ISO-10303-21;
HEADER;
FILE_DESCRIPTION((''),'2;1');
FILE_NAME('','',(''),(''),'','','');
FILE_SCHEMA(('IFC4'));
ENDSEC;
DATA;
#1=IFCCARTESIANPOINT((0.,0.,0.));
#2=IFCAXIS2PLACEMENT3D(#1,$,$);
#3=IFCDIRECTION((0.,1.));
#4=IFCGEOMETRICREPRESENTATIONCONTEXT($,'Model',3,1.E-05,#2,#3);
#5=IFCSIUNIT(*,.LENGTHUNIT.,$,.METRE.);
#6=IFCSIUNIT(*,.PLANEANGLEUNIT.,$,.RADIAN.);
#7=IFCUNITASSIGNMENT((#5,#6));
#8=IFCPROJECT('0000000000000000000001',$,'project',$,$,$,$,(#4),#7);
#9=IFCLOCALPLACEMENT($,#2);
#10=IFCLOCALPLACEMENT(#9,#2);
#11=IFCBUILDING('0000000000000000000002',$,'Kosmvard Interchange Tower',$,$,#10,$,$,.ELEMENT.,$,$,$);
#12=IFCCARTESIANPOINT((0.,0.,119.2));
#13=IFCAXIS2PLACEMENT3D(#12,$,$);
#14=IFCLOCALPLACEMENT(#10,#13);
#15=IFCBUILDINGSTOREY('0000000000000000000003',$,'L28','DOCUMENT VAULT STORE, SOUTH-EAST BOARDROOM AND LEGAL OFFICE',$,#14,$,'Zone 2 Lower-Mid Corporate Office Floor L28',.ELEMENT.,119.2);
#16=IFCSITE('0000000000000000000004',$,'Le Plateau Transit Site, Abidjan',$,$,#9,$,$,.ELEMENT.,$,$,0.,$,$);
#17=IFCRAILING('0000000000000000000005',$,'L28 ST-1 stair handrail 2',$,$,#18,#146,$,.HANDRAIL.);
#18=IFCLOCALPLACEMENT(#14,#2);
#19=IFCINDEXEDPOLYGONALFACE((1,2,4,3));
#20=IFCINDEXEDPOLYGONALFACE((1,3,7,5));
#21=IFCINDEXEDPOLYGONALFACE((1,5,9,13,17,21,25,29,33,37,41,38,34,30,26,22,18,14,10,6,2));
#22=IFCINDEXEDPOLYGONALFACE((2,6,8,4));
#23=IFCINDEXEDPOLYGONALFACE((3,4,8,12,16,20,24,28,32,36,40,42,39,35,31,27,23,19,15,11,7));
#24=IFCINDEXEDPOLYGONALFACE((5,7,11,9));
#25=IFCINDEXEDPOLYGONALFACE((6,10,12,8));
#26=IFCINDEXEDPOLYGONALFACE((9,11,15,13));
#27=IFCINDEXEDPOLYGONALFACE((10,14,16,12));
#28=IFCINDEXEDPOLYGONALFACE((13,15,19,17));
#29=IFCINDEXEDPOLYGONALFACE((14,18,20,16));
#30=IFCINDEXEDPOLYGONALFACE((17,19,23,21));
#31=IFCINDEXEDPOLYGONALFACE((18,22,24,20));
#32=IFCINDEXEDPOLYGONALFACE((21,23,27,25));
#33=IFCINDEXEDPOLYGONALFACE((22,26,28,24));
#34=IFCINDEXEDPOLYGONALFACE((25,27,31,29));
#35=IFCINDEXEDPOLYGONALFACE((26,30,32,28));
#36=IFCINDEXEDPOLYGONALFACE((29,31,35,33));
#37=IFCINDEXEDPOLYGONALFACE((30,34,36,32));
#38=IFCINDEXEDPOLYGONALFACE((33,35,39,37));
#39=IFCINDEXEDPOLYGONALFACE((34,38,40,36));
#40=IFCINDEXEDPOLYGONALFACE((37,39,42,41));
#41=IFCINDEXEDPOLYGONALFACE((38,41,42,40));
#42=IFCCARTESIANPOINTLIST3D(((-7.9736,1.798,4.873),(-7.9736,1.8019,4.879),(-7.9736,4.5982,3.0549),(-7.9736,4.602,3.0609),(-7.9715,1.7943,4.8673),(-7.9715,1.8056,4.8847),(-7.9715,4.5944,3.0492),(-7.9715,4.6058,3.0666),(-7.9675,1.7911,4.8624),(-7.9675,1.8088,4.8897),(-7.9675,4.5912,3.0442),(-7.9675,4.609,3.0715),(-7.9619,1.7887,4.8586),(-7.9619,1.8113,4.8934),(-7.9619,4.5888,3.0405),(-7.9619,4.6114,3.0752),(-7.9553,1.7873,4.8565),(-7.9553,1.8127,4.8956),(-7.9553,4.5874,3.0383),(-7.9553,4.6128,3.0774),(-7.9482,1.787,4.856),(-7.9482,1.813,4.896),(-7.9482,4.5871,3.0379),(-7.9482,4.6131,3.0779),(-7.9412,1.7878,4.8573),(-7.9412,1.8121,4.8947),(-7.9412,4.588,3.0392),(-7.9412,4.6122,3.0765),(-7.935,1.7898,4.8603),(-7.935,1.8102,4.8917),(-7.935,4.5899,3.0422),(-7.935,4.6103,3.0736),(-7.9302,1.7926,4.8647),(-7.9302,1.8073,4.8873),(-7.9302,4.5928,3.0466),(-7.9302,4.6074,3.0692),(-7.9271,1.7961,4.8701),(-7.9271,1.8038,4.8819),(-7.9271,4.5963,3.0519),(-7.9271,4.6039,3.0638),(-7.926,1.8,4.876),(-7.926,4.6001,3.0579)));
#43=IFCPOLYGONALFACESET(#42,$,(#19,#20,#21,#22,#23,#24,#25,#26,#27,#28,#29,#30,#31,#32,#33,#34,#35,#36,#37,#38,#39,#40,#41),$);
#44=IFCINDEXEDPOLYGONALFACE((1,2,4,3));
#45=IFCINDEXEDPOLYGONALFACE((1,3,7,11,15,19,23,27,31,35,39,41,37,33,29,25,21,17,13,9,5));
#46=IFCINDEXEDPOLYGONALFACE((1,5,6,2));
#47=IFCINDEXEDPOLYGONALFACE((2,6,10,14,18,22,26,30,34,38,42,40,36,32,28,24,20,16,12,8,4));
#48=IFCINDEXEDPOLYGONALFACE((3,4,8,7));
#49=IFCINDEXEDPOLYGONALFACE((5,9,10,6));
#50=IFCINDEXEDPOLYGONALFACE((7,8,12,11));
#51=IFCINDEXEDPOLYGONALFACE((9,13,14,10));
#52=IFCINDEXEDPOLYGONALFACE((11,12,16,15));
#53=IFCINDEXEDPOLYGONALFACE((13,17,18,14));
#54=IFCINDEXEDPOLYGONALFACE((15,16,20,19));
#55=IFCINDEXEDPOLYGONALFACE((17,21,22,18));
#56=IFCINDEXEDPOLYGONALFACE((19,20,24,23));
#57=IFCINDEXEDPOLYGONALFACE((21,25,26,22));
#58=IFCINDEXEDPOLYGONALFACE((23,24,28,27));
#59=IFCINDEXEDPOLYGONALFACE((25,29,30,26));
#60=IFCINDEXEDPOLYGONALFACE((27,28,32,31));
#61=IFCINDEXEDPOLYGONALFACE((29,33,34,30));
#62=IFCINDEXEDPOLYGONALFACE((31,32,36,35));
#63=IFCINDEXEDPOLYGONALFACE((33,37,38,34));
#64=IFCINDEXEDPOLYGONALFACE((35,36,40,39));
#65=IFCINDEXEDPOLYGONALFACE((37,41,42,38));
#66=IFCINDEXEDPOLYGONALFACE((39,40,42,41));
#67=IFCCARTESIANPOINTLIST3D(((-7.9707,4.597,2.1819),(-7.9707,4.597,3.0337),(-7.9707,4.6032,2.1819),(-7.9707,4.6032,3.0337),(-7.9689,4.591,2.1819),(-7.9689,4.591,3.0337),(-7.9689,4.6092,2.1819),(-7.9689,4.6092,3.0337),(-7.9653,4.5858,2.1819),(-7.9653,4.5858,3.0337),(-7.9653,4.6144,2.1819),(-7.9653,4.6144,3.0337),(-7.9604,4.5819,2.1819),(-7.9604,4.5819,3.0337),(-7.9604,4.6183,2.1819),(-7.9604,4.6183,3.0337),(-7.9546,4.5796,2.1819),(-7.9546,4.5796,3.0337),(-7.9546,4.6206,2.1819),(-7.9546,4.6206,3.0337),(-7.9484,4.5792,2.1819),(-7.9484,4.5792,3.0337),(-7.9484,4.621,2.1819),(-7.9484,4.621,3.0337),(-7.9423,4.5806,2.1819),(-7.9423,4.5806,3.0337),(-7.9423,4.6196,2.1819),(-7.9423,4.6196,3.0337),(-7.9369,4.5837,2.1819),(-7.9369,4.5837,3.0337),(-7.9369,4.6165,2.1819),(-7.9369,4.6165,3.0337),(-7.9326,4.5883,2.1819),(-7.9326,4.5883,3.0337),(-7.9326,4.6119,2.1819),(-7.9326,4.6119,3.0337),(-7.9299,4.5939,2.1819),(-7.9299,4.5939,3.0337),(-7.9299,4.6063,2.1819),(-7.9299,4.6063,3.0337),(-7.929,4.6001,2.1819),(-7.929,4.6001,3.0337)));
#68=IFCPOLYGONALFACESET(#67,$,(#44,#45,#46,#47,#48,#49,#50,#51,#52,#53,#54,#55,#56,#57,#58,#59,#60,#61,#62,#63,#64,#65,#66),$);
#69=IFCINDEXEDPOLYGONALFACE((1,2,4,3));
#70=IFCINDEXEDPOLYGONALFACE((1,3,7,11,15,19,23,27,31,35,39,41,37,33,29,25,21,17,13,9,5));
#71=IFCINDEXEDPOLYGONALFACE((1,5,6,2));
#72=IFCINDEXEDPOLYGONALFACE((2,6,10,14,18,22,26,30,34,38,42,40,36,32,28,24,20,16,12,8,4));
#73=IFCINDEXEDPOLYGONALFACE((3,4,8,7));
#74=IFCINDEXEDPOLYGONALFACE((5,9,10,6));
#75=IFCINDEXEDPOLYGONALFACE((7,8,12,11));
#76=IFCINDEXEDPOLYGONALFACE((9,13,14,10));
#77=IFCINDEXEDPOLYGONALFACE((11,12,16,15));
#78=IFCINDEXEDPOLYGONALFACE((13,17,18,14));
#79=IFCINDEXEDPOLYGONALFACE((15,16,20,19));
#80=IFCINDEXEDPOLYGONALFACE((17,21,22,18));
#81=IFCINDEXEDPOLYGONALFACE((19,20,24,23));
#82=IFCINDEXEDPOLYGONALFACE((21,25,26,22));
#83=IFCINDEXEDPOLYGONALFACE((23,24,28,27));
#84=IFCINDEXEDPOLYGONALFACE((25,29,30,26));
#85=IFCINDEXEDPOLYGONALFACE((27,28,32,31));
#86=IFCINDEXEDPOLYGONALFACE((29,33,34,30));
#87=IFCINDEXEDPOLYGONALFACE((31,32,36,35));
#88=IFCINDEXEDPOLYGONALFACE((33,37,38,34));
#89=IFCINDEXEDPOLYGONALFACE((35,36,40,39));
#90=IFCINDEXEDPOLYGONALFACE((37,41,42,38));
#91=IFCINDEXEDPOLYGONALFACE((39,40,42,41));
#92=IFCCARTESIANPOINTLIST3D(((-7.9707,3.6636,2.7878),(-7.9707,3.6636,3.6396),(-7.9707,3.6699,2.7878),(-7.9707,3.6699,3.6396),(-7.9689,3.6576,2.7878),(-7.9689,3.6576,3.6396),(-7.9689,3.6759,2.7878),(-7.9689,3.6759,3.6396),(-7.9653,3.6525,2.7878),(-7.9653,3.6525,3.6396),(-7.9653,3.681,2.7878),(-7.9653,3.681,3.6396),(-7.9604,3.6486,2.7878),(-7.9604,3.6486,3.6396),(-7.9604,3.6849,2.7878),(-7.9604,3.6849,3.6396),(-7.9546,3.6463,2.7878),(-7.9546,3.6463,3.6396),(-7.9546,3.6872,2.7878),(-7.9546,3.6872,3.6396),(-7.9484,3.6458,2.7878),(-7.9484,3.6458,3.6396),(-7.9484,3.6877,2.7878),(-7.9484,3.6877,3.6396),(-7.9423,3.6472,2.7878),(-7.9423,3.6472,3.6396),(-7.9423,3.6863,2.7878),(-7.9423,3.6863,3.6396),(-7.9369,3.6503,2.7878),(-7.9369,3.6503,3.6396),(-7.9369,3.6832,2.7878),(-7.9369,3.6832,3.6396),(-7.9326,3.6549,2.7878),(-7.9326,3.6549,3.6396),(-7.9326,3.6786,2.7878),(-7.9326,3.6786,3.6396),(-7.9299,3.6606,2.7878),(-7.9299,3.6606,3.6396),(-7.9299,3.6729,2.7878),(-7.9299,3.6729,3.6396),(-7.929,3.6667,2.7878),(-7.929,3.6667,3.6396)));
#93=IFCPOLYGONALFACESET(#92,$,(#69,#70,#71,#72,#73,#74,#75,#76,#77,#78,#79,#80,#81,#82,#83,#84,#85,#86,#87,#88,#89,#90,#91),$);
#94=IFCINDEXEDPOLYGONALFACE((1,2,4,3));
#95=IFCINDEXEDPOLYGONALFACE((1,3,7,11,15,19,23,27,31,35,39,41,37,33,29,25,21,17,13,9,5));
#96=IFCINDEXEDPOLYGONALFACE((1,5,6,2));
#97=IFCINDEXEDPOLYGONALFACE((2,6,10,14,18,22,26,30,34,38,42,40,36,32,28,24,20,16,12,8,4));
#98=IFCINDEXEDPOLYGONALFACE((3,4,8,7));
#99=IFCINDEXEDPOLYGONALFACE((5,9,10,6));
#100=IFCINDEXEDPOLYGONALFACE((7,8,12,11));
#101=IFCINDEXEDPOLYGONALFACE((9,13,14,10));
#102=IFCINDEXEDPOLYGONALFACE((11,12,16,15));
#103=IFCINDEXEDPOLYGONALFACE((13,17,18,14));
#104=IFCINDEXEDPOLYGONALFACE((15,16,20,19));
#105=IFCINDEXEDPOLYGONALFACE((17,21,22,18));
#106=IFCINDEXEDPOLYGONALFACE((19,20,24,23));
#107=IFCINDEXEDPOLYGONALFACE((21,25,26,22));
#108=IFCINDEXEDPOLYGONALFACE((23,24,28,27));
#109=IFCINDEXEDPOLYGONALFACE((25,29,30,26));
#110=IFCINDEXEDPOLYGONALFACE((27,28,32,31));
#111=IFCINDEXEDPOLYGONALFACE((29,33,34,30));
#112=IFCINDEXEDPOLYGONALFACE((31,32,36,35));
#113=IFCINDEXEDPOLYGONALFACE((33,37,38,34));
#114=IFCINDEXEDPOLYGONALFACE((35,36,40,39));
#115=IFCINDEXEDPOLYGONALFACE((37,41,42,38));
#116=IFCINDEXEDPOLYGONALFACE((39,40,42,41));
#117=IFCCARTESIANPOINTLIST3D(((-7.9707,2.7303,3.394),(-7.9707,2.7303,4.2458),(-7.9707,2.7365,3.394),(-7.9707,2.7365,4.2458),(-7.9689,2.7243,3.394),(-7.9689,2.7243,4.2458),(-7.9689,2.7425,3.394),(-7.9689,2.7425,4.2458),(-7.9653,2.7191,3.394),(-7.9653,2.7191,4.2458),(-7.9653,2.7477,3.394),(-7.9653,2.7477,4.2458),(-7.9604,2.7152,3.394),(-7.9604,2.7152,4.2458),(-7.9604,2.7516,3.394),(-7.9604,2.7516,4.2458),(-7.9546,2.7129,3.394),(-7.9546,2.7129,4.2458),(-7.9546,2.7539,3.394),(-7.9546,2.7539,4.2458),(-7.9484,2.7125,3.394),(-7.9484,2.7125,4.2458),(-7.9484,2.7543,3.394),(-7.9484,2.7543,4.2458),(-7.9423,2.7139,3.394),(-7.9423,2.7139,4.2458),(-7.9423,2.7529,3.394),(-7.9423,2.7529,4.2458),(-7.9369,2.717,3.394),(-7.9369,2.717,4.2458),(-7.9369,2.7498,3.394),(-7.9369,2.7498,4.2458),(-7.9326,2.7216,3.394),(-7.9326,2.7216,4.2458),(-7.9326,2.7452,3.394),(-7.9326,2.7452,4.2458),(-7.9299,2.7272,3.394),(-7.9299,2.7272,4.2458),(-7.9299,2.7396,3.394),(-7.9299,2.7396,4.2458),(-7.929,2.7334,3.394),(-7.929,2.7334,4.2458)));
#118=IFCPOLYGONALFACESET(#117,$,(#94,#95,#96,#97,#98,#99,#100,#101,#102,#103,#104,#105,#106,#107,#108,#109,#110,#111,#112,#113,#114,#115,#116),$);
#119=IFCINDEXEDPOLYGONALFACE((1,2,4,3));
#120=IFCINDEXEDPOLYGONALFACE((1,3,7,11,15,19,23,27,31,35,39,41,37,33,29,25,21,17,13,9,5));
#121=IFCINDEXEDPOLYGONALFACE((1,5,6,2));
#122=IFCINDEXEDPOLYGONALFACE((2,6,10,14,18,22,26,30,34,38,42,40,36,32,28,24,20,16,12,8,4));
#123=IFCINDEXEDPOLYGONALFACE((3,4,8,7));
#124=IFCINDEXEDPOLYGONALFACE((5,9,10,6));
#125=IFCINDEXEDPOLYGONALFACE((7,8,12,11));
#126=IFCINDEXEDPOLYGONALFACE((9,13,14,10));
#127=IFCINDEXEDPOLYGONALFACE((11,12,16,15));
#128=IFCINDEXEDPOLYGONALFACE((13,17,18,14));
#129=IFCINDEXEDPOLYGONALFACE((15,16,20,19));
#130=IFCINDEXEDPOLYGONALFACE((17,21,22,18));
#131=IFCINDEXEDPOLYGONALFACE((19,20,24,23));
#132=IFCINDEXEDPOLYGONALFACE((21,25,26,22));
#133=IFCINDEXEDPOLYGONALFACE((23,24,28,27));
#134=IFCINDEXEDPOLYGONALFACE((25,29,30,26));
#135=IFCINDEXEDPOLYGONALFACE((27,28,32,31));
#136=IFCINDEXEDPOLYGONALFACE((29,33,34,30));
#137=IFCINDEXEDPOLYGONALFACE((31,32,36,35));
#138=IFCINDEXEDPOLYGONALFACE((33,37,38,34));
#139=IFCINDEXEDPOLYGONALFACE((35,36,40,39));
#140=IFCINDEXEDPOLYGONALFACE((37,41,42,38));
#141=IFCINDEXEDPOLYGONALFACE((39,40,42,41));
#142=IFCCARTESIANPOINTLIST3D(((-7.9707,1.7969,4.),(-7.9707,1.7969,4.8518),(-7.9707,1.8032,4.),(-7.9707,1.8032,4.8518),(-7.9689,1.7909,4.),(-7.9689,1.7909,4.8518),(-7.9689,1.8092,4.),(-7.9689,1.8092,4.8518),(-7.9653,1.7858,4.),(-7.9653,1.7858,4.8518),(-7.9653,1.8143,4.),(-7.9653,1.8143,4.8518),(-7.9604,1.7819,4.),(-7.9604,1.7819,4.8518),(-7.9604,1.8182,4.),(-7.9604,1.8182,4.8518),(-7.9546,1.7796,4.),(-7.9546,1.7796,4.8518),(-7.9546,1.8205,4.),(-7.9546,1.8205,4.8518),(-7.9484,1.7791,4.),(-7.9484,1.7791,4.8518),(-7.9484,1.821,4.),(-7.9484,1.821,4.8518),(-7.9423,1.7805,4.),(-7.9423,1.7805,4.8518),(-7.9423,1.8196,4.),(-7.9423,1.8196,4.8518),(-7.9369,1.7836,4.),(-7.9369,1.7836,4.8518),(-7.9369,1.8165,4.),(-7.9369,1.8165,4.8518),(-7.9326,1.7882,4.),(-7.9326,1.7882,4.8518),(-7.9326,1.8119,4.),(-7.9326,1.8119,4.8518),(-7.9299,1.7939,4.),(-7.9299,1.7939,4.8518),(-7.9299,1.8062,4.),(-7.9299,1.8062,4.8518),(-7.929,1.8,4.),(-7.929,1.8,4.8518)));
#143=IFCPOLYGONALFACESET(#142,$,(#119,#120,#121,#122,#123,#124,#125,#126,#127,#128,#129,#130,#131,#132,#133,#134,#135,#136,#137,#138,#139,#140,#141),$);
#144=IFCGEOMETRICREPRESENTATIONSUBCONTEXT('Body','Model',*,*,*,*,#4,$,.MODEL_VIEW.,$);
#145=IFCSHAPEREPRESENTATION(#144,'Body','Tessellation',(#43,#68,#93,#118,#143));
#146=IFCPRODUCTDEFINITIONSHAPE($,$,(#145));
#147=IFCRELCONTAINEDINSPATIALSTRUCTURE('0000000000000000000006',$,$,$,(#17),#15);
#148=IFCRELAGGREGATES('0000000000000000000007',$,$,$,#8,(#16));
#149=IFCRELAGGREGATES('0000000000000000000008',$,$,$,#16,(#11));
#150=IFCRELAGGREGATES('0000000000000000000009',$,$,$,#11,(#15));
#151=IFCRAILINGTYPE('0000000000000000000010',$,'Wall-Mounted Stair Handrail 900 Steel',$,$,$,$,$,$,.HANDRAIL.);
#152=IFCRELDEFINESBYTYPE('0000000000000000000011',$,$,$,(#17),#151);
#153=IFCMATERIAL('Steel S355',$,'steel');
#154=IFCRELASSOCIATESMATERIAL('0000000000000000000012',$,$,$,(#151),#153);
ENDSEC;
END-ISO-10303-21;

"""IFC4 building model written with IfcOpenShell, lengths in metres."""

from ifc_helpers import new_model, si_unit, direction, frame, origin, origin_2d, place, context, subcontext, project, spatial, circle, extrude, source, transform, mapped, material, type_object, element, save


model = new_model("IFC4")

# Units and contexts
model_context = context("Model", 3, precision=1e-05, world=origin(), true_north=direction((0.0, 1.0)))
body_context = subcontext(model_context, "Body", "Model", "MODEL_VIEW")
ifc_project = project(units=[si_unit("LENGTHUNIT", "METRE"), si_unit("PLANEANGLEUNIT", "RADIAN")], contexts=[model_context])

# Site, building, storey
site_placement = place(None, origin())
site = spatial("IfcSite", under=ifc_project, at=site_placement, Name="Le Plateau Transit Site, Abidjan", CompositionType="ELEMENT", RefElevation=0.0)
building_placement = place(site_placement, origin())
building = spatial("IfcBuilding", under=site, at=building_placement, Name="Kosmvard Interchange Tower", CompositionType="ELEMENT")
storey_placement = place(building_placement, frame((0.0, 0.0, 119.2)))
storey = spatial("IfcBuildingStorey", under=building, at=storey_placement, Name="L28", Description="DOCUMENT VAULT STORE, SOUTH-EAST BOARDROOM AND LEGAL OFFICE", LongName="Zone 2 Lower-Mid Corporate Office Floor L28", CompositionType="ELEMENT", Elevation=119.2)

# Shared definitions
ifc_material_1 = material(Name="Steel S355", Category="steel")

# Railing
railing_type_1 = type_object("IfcRailingType", Name="Wall-Mounted Stair Handrail 900 Steel", PredefinedType="HANDRAIL", material=ifc_material_1)
shared_shape_1 = source(origin(), body_context, "Body", "SweptSolid", [
    extrude(circle(Radius=0.0239, at=origin_2d()), frame((0.0, 0.0, 0.876), z_axis=(0.0, -0.838706, 0.544585), x_axis=(1.0, 0.0, 0.0)), (0.0, 0.0, 1.0), 3.3386),
    extrude(circle(Radius=0.021, at=origin_2d()), origin(), (0.0, 0.0, 1.0), 0.8518),
    extrude(circle(Radius=0.021, at=origin_2d()), frame((0.0, -0.9333, 0.606)), (0.0, 0.0, 1.0), 0.8518),
    extrude(circle(Radius=0.021, at=origin_2d()), frame((0.0, -1.8667, 1.2122)), (0.0, 0.0, 1.0), 0.8518),
    extrude(circle(Radius=0.021, at=origin_2d()), frame((0.0, -2.8, 1.8181)), (0.0, 0.0, 1.0), 0.8518),
])
railing_1_placement = place(storey_placement, frame((-7.95, 4.6001, 2.1819)))
element("IfcRailing", 1, at=railing_1_placement, inside=storey, type_object=railing_type_1, Name="L28 ST-1 stair handrail 2", PredefinedType="HANDRAIL", context=body_context, shape_type="MappedRepresentation", body=[
    mapped(shared_shape_1, transform((0.0, 0.0, 0.0), scale=1.0)),
])

save(model, "model.ifc")
